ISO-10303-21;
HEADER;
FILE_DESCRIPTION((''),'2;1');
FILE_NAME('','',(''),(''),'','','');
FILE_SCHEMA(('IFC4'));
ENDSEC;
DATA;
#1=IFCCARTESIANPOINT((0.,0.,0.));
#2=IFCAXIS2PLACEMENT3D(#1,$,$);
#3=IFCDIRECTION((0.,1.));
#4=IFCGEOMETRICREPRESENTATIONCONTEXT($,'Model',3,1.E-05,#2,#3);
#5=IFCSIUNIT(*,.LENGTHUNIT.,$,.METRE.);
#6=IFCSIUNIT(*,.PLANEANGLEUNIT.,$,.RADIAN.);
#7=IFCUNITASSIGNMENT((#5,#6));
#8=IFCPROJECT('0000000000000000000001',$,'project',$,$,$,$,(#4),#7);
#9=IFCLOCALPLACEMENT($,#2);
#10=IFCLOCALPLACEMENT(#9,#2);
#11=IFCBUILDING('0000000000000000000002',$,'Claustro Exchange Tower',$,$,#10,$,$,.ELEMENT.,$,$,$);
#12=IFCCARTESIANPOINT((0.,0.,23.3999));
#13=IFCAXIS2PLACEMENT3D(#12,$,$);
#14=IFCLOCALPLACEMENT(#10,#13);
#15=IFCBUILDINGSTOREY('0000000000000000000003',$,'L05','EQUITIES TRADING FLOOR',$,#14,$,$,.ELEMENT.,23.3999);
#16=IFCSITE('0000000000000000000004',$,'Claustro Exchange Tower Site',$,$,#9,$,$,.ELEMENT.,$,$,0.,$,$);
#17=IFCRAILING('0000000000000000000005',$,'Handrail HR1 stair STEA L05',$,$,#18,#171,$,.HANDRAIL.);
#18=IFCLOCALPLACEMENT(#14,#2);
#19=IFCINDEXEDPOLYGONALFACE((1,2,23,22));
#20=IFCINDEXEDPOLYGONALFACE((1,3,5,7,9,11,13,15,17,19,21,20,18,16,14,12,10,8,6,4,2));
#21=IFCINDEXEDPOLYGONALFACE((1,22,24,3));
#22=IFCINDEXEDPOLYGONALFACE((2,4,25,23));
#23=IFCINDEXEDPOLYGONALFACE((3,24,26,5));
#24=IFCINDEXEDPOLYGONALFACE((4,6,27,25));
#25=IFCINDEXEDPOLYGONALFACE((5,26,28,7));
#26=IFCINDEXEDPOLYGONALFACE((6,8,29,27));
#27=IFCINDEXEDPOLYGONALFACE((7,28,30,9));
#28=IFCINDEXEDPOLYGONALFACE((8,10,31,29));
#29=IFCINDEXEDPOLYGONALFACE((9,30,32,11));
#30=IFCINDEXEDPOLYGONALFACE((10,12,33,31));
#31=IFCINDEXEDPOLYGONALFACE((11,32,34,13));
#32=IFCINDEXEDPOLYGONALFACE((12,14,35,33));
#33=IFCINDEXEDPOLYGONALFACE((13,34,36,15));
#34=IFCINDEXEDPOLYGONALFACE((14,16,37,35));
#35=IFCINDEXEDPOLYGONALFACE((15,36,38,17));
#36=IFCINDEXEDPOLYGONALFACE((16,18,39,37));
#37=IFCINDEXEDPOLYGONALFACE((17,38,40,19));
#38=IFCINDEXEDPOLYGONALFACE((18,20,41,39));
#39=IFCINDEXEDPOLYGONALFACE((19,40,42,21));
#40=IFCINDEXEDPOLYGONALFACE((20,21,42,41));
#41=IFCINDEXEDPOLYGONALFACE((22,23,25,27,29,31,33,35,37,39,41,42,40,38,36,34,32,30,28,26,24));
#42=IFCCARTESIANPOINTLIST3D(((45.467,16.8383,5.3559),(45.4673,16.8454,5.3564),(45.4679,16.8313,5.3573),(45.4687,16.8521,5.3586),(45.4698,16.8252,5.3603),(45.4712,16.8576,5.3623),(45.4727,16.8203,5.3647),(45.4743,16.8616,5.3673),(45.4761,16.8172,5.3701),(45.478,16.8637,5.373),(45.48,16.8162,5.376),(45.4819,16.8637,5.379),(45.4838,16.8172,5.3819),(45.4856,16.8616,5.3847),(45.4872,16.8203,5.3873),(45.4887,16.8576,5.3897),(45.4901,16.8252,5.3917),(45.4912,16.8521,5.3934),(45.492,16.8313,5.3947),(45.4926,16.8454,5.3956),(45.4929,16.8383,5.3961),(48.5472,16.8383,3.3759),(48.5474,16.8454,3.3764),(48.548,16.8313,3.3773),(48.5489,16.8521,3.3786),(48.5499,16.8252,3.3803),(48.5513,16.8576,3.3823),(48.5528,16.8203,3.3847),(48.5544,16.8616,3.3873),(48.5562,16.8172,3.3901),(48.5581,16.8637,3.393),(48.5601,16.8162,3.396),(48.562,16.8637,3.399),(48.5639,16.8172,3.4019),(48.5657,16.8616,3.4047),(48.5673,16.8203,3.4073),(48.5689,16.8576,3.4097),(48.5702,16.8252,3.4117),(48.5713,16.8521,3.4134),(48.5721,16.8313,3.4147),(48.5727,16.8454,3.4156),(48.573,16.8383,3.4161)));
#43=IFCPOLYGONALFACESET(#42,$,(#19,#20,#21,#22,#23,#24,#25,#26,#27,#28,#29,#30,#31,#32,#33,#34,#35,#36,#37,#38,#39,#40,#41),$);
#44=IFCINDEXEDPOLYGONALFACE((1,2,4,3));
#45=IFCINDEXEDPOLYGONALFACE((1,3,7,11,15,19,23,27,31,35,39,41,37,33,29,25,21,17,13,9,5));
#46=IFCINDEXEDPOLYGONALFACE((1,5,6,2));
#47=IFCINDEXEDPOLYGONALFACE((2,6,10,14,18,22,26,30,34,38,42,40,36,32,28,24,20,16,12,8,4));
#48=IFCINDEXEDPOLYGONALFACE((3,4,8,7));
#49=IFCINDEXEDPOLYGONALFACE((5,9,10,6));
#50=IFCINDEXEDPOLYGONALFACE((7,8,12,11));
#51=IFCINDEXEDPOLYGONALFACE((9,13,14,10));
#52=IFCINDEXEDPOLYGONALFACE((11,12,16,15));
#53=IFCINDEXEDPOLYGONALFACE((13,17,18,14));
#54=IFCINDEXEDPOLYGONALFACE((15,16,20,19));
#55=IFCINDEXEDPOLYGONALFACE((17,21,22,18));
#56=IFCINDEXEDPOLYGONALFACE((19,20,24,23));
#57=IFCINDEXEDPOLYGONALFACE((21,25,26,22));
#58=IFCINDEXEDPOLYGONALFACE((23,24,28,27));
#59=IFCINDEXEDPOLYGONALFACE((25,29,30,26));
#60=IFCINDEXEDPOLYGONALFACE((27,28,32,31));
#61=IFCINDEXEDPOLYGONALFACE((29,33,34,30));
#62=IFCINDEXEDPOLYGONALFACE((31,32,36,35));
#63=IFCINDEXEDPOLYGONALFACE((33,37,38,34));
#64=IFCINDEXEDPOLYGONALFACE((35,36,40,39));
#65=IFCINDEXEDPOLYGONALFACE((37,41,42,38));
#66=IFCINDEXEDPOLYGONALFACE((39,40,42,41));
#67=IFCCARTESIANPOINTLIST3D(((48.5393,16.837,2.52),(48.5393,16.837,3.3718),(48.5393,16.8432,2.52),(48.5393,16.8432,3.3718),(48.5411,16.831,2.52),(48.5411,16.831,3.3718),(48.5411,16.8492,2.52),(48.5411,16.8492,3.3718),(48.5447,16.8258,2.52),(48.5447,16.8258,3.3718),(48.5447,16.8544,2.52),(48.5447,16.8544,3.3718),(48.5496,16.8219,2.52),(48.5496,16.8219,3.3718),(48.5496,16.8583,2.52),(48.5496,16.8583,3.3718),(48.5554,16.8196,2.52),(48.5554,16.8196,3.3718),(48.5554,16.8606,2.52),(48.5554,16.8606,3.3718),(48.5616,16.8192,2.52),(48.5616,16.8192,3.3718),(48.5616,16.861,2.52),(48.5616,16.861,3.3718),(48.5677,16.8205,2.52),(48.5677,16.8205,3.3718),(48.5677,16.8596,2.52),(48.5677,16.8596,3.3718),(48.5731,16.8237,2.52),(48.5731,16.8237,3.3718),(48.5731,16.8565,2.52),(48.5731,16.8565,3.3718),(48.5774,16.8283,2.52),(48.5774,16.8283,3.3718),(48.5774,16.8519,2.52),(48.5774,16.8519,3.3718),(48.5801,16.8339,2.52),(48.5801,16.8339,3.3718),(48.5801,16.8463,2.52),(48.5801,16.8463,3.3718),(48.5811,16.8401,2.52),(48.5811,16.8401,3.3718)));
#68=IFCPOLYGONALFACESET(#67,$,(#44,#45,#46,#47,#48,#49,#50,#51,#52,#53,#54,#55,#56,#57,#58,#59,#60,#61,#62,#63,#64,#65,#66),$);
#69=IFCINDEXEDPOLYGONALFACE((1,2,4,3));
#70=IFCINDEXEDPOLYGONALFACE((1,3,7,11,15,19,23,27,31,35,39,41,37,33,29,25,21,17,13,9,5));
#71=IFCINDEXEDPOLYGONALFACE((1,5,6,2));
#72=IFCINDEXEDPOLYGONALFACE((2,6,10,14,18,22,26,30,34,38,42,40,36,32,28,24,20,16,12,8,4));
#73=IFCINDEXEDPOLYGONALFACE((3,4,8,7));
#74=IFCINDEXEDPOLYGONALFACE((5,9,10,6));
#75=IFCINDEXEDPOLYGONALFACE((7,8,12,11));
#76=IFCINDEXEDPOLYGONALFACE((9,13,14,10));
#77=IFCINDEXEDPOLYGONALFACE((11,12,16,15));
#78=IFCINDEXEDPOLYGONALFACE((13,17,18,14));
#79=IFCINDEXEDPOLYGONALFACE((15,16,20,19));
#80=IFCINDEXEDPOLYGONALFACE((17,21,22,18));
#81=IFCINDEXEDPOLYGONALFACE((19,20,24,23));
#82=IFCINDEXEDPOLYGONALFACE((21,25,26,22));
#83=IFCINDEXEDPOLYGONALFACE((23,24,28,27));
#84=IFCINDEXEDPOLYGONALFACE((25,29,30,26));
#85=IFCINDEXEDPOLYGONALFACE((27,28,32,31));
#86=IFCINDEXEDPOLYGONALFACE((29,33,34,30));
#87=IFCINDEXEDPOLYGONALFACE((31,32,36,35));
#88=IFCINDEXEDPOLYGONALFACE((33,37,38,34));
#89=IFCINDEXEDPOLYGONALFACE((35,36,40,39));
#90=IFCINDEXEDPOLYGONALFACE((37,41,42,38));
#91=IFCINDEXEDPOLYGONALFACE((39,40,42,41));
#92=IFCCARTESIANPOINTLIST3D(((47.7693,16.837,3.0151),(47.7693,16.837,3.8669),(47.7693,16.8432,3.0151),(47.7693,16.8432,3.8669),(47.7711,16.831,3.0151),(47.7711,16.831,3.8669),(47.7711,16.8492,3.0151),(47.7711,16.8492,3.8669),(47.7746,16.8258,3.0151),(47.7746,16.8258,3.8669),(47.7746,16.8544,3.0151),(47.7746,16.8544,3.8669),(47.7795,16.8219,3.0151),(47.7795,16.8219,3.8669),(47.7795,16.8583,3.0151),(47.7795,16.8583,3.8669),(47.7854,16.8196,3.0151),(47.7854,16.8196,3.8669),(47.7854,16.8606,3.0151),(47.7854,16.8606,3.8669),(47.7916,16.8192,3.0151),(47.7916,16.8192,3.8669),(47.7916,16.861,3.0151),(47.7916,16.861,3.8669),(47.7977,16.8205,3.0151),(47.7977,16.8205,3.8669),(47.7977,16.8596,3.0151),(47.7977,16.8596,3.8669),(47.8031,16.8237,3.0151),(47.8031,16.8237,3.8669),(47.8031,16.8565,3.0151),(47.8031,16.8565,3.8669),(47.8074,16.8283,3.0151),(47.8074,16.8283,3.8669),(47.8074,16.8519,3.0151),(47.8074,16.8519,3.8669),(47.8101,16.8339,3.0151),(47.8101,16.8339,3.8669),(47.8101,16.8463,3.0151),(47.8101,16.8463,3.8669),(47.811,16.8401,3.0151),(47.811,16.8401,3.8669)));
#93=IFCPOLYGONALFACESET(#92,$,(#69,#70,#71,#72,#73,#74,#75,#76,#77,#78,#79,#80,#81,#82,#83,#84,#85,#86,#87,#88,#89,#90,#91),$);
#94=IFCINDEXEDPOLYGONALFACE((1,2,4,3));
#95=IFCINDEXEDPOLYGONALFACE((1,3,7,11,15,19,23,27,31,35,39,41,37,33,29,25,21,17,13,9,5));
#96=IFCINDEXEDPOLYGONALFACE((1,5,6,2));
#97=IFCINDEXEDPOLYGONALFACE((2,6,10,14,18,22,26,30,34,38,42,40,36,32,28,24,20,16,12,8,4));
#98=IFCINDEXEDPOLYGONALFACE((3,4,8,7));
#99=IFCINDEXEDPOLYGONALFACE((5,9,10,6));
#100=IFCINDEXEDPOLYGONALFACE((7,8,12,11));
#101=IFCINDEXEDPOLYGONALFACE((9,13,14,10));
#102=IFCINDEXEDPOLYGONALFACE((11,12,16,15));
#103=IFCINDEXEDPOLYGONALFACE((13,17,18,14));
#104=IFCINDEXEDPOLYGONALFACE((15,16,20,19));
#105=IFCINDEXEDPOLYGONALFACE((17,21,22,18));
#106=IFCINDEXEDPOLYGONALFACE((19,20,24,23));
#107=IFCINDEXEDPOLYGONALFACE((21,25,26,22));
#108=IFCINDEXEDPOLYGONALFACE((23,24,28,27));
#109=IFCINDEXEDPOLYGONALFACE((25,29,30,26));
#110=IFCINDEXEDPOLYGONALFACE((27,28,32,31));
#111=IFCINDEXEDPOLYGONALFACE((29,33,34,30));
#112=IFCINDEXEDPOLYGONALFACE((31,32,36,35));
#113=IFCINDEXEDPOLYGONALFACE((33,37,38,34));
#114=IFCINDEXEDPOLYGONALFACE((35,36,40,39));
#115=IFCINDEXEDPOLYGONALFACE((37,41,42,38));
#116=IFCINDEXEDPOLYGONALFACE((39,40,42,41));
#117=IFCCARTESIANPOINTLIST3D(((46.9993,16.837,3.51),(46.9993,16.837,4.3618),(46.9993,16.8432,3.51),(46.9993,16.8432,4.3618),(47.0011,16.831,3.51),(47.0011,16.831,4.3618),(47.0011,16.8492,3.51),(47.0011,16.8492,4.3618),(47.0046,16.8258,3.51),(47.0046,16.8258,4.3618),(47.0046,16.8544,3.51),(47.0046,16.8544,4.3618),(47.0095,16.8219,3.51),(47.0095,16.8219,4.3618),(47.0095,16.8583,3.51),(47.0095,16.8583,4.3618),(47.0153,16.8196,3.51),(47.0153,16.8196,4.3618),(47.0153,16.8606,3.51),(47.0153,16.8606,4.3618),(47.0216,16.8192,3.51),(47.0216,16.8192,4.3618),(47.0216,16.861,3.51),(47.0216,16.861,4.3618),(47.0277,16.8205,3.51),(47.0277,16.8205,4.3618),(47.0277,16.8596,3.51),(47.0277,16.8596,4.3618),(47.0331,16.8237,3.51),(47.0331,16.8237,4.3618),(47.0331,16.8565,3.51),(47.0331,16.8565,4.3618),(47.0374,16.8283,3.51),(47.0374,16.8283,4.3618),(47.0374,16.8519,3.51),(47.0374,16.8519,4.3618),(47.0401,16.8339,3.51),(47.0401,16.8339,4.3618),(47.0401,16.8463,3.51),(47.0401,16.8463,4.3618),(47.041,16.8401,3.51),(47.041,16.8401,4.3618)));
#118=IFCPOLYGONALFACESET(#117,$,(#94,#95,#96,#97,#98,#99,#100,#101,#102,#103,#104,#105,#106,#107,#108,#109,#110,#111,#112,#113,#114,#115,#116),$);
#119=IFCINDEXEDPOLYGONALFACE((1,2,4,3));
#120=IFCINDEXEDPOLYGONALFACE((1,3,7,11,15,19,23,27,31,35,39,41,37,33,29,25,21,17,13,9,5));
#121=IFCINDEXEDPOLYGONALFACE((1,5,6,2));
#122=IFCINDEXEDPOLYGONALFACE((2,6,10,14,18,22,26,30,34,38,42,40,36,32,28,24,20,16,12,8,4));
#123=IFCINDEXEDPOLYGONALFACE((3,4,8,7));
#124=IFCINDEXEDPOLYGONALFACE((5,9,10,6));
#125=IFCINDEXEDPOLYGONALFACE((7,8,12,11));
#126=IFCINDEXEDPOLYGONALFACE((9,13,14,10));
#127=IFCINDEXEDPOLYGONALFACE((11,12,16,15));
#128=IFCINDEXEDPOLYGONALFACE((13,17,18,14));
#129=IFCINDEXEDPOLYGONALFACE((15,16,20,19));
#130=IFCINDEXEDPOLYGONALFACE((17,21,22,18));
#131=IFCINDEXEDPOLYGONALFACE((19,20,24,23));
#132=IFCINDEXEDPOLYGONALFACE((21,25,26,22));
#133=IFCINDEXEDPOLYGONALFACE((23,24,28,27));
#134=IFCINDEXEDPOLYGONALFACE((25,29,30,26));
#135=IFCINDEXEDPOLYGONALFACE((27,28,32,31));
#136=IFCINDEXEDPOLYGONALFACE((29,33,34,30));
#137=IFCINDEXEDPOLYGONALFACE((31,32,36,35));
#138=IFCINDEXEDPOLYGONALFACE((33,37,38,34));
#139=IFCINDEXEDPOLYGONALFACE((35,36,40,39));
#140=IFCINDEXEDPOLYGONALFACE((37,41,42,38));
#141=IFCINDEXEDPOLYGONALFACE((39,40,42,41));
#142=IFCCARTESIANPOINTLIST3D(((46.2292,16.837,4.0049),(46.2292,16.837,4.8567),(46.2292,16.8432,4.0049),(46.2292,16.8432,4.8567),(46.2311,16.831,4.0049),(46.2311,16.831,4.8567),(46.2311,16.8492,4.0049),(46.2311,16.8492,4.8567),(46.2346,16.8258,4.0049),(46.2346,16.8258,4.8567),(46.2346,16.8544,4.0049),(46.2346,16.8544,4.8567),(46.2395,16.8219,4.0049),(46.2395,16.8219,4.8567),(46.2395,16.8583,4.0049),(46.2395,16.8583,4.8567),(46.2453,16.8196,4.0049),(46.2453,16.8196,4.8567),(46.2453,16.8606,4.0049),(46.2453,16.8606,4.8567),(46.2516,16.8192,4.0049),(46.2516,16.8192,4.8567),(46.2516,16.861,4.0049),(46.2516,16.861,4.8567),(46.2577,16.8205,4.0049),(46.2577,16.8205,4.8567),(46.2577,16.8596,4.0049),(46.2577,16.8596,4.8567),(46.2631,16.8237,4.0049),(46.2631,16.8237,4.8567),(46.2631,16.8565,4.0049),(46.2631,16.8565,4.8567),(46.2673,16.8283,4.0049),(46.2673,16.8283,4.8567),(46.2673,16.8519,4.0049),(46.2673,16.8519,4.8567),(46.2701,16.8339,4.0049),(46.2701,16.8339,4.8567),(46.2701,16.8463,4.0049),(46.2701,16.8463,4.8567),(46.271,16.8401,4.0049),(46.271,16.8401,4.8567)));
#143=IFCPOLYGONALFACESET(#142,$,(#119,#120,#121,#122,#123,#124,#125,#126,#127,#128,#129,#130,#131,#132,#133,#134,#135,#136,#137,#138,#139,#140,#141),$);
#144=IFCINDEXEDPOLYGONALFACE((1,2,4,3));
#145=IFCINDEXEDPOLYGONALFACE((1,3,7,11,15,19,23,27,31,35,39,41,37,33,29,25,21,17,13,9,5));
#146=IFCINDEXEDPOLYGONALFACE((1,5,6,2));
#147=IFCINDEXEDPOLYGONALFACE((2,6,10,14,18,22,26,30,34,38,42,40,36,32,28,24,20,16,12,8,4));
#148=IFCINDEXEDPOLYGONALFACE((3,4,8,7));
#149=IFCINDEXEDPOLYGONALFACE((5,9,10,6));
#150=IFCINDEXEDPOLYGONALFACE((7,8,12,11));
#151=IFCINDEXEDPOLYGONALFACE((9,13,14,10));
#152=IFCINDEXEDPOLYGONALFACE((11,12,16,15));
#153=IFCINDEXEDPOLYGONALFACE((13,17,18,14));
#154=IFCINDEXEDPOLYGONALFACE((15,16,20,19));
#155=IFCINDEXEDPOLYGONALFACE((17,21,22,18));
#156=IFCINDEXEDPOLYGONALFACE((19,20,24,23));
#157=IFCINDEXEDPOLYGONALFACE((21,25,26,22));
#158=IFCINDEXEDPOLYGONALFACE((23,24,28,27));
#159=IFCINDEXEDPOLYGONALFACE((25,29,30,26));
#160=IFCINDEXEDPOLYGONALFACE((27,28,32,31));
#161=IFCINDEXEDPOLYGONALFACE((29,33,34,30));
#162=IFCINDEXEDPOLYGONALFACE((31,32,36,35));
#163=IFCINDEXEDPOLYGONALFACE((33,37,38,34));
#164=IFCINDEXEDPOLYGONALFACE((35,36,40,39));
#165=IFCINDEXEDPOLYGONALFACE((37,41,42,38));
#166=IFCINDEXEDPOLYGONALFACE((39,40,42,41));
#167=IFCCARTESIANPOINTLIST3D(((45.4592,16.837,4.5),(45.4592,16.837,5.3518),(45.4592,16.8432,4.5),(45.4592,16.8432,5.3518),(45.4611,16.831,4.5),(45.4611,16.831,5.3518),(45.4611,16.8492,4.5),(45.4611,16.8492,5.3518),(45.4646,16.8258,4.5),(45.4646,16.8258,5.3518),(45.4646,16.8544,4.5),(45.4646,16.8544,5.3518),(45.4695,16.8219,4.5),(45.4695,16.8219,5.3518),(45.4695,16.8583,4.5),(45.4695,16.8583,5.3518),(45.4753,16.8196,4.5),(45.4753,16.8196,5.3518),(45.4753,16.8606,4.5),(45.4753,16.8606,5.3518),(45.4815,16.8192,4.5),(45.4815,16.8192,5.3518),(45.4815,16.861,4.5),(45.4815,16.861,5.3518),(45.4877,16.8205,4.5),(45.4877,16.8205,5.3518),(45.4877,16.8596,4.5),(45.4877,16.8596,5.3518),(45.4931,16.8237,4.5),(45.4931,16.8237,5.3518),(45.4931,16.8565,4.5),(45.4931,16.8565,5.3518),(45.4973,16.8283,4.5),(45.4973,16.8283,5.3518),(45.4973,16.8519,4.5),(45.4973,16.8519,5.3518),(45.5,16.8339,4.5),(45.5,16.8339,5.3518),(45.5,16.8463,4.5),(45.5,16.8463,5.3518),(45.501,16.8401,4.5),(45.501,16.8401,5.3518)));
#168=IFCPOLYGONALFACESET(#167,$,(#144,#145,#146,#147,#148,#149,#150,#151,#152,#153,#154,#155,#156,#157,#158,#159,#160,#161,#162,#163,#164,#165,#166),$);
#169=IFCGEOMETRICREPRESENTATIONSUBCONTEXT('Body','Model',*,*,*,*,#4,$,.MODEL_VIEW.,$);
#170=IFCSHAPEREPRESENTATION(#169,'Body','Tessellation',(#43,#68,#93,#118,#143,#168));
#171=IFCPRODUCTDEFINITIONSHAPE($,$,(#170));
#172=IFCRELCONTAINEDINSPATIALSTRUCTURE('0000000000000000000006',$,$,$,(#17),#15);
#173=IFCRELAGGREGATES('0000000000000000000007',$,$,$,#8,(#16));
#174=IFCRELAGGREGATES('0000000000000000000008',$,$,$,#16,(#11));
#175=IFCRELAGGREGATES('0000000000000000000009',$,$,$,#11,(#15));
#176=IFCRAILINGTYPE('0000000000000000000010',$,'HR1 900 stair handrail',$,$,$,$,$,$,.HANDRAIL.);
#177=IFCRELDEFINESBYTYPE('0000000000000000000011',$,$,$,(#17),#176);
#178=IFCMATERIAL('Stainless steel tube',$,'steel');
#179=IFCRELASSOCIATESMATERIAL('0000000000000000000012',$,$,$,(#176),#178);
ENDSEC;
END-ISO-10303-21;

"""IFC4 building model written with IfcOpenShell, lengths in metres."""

from ifc_helpers import new_model, si_unit, direction, frame, origin, origin_2d, place, context, subcontext, project, spatial, circle, extrude, material, type_object, element, save


model = new_model("IFC4")

# Units and contexts
model_context = context("Model", 3, precision=1e-05, world=origin(), true_north=direction((0.0, 1.0)))
body_context = subcontext(model_context, "Body", "Model", "MODEL_VIEW")
ifc_project = project(units=[si_unit("LENGTHUNIT", "METRE"), si_unit("PLANEANGLEUNIT", "RADIAN")], contexts=[model_context])

# Site, building, storey
site_placement = place(None, origin())
site = spatial("IfcSite", under=ifc_project, at=site_placement, Name="Claustro Exchange Tower Site", CompositionType="ELEMENT", RefElevation=0.0)
building_placement = place(site_placement, origin())
building = spatial("IfcBuilding", under=site, at=building_placement, Name="Claustro Exchange Tower", CompositionType="ELEMENT")
storey_placement = place(building_placement, frame((0.0, 0.0, 23.3999)))
storey = spatial("IfcBuildingStorey", under=building, at=storey_placement, Name="L05", Description="EQUITIES TRADING FLOOR", CompositionType="ELEMENT", Elevation=23.3999)

# Railing
ifc_material_1 = material(Name="Stainless steel tube", Category="steel")
railing_type_1 = type_object("IfcRailingType", Name="HR1 900 stair handrail", PredefinedType="HANDRAIL", material=ifc_material_1)
railing_1_placement = place(storey_placement, frame((48.5601, 16.8401, 2.52)))
element("IfcRailing", 1, at=railing_1_placement, inside=storey, type_object=railing_type_1, Name="Handrail HR1 stair STEA L05", PredefinedType="HANDRAIL", context=body_context, shape_type="SweptSolid", body=[
    extrude(circle(Radius=0.0239, at=origin_2d()), frame((0.0, 0.0, 0.876), z_axis=(-0.841187, 0.0, 0.540744), x_axis=(0.0, -1.0, 0.0)), (0.0, 0.0, 1.0), 3.6616),
    extrude(circle(Radius=0.021, at=origin_2d()), origin(), (0.0, 0.0, 1.0), 0.8518),
    extrude(circle(Radius=0.021, at=origin_2d()), frame((-0.77, 0.0, 0.4951)), (0.0, 0.0, 1.0), 0.8518),
    extrude(circle(Radius=0.021, at=origin_2d()), frame((-1.54, 0.0, 0.99)), (0.0, 0.0, 1.0), 0.8518),
    extrude(circle(Radius=0.021, at=origin_2d()), frame((-2.3101, 0.0, 1.4849)), (0.0, 0.0, 1.0), 0.8518),
    extrude(circle(Radius=0.021, at=origin_2d()), frame((-3.0801, 0.0, 1.98)), (0.0, 0.0, 1.0), 0.8518),
])

save(model, "model.ifc")
